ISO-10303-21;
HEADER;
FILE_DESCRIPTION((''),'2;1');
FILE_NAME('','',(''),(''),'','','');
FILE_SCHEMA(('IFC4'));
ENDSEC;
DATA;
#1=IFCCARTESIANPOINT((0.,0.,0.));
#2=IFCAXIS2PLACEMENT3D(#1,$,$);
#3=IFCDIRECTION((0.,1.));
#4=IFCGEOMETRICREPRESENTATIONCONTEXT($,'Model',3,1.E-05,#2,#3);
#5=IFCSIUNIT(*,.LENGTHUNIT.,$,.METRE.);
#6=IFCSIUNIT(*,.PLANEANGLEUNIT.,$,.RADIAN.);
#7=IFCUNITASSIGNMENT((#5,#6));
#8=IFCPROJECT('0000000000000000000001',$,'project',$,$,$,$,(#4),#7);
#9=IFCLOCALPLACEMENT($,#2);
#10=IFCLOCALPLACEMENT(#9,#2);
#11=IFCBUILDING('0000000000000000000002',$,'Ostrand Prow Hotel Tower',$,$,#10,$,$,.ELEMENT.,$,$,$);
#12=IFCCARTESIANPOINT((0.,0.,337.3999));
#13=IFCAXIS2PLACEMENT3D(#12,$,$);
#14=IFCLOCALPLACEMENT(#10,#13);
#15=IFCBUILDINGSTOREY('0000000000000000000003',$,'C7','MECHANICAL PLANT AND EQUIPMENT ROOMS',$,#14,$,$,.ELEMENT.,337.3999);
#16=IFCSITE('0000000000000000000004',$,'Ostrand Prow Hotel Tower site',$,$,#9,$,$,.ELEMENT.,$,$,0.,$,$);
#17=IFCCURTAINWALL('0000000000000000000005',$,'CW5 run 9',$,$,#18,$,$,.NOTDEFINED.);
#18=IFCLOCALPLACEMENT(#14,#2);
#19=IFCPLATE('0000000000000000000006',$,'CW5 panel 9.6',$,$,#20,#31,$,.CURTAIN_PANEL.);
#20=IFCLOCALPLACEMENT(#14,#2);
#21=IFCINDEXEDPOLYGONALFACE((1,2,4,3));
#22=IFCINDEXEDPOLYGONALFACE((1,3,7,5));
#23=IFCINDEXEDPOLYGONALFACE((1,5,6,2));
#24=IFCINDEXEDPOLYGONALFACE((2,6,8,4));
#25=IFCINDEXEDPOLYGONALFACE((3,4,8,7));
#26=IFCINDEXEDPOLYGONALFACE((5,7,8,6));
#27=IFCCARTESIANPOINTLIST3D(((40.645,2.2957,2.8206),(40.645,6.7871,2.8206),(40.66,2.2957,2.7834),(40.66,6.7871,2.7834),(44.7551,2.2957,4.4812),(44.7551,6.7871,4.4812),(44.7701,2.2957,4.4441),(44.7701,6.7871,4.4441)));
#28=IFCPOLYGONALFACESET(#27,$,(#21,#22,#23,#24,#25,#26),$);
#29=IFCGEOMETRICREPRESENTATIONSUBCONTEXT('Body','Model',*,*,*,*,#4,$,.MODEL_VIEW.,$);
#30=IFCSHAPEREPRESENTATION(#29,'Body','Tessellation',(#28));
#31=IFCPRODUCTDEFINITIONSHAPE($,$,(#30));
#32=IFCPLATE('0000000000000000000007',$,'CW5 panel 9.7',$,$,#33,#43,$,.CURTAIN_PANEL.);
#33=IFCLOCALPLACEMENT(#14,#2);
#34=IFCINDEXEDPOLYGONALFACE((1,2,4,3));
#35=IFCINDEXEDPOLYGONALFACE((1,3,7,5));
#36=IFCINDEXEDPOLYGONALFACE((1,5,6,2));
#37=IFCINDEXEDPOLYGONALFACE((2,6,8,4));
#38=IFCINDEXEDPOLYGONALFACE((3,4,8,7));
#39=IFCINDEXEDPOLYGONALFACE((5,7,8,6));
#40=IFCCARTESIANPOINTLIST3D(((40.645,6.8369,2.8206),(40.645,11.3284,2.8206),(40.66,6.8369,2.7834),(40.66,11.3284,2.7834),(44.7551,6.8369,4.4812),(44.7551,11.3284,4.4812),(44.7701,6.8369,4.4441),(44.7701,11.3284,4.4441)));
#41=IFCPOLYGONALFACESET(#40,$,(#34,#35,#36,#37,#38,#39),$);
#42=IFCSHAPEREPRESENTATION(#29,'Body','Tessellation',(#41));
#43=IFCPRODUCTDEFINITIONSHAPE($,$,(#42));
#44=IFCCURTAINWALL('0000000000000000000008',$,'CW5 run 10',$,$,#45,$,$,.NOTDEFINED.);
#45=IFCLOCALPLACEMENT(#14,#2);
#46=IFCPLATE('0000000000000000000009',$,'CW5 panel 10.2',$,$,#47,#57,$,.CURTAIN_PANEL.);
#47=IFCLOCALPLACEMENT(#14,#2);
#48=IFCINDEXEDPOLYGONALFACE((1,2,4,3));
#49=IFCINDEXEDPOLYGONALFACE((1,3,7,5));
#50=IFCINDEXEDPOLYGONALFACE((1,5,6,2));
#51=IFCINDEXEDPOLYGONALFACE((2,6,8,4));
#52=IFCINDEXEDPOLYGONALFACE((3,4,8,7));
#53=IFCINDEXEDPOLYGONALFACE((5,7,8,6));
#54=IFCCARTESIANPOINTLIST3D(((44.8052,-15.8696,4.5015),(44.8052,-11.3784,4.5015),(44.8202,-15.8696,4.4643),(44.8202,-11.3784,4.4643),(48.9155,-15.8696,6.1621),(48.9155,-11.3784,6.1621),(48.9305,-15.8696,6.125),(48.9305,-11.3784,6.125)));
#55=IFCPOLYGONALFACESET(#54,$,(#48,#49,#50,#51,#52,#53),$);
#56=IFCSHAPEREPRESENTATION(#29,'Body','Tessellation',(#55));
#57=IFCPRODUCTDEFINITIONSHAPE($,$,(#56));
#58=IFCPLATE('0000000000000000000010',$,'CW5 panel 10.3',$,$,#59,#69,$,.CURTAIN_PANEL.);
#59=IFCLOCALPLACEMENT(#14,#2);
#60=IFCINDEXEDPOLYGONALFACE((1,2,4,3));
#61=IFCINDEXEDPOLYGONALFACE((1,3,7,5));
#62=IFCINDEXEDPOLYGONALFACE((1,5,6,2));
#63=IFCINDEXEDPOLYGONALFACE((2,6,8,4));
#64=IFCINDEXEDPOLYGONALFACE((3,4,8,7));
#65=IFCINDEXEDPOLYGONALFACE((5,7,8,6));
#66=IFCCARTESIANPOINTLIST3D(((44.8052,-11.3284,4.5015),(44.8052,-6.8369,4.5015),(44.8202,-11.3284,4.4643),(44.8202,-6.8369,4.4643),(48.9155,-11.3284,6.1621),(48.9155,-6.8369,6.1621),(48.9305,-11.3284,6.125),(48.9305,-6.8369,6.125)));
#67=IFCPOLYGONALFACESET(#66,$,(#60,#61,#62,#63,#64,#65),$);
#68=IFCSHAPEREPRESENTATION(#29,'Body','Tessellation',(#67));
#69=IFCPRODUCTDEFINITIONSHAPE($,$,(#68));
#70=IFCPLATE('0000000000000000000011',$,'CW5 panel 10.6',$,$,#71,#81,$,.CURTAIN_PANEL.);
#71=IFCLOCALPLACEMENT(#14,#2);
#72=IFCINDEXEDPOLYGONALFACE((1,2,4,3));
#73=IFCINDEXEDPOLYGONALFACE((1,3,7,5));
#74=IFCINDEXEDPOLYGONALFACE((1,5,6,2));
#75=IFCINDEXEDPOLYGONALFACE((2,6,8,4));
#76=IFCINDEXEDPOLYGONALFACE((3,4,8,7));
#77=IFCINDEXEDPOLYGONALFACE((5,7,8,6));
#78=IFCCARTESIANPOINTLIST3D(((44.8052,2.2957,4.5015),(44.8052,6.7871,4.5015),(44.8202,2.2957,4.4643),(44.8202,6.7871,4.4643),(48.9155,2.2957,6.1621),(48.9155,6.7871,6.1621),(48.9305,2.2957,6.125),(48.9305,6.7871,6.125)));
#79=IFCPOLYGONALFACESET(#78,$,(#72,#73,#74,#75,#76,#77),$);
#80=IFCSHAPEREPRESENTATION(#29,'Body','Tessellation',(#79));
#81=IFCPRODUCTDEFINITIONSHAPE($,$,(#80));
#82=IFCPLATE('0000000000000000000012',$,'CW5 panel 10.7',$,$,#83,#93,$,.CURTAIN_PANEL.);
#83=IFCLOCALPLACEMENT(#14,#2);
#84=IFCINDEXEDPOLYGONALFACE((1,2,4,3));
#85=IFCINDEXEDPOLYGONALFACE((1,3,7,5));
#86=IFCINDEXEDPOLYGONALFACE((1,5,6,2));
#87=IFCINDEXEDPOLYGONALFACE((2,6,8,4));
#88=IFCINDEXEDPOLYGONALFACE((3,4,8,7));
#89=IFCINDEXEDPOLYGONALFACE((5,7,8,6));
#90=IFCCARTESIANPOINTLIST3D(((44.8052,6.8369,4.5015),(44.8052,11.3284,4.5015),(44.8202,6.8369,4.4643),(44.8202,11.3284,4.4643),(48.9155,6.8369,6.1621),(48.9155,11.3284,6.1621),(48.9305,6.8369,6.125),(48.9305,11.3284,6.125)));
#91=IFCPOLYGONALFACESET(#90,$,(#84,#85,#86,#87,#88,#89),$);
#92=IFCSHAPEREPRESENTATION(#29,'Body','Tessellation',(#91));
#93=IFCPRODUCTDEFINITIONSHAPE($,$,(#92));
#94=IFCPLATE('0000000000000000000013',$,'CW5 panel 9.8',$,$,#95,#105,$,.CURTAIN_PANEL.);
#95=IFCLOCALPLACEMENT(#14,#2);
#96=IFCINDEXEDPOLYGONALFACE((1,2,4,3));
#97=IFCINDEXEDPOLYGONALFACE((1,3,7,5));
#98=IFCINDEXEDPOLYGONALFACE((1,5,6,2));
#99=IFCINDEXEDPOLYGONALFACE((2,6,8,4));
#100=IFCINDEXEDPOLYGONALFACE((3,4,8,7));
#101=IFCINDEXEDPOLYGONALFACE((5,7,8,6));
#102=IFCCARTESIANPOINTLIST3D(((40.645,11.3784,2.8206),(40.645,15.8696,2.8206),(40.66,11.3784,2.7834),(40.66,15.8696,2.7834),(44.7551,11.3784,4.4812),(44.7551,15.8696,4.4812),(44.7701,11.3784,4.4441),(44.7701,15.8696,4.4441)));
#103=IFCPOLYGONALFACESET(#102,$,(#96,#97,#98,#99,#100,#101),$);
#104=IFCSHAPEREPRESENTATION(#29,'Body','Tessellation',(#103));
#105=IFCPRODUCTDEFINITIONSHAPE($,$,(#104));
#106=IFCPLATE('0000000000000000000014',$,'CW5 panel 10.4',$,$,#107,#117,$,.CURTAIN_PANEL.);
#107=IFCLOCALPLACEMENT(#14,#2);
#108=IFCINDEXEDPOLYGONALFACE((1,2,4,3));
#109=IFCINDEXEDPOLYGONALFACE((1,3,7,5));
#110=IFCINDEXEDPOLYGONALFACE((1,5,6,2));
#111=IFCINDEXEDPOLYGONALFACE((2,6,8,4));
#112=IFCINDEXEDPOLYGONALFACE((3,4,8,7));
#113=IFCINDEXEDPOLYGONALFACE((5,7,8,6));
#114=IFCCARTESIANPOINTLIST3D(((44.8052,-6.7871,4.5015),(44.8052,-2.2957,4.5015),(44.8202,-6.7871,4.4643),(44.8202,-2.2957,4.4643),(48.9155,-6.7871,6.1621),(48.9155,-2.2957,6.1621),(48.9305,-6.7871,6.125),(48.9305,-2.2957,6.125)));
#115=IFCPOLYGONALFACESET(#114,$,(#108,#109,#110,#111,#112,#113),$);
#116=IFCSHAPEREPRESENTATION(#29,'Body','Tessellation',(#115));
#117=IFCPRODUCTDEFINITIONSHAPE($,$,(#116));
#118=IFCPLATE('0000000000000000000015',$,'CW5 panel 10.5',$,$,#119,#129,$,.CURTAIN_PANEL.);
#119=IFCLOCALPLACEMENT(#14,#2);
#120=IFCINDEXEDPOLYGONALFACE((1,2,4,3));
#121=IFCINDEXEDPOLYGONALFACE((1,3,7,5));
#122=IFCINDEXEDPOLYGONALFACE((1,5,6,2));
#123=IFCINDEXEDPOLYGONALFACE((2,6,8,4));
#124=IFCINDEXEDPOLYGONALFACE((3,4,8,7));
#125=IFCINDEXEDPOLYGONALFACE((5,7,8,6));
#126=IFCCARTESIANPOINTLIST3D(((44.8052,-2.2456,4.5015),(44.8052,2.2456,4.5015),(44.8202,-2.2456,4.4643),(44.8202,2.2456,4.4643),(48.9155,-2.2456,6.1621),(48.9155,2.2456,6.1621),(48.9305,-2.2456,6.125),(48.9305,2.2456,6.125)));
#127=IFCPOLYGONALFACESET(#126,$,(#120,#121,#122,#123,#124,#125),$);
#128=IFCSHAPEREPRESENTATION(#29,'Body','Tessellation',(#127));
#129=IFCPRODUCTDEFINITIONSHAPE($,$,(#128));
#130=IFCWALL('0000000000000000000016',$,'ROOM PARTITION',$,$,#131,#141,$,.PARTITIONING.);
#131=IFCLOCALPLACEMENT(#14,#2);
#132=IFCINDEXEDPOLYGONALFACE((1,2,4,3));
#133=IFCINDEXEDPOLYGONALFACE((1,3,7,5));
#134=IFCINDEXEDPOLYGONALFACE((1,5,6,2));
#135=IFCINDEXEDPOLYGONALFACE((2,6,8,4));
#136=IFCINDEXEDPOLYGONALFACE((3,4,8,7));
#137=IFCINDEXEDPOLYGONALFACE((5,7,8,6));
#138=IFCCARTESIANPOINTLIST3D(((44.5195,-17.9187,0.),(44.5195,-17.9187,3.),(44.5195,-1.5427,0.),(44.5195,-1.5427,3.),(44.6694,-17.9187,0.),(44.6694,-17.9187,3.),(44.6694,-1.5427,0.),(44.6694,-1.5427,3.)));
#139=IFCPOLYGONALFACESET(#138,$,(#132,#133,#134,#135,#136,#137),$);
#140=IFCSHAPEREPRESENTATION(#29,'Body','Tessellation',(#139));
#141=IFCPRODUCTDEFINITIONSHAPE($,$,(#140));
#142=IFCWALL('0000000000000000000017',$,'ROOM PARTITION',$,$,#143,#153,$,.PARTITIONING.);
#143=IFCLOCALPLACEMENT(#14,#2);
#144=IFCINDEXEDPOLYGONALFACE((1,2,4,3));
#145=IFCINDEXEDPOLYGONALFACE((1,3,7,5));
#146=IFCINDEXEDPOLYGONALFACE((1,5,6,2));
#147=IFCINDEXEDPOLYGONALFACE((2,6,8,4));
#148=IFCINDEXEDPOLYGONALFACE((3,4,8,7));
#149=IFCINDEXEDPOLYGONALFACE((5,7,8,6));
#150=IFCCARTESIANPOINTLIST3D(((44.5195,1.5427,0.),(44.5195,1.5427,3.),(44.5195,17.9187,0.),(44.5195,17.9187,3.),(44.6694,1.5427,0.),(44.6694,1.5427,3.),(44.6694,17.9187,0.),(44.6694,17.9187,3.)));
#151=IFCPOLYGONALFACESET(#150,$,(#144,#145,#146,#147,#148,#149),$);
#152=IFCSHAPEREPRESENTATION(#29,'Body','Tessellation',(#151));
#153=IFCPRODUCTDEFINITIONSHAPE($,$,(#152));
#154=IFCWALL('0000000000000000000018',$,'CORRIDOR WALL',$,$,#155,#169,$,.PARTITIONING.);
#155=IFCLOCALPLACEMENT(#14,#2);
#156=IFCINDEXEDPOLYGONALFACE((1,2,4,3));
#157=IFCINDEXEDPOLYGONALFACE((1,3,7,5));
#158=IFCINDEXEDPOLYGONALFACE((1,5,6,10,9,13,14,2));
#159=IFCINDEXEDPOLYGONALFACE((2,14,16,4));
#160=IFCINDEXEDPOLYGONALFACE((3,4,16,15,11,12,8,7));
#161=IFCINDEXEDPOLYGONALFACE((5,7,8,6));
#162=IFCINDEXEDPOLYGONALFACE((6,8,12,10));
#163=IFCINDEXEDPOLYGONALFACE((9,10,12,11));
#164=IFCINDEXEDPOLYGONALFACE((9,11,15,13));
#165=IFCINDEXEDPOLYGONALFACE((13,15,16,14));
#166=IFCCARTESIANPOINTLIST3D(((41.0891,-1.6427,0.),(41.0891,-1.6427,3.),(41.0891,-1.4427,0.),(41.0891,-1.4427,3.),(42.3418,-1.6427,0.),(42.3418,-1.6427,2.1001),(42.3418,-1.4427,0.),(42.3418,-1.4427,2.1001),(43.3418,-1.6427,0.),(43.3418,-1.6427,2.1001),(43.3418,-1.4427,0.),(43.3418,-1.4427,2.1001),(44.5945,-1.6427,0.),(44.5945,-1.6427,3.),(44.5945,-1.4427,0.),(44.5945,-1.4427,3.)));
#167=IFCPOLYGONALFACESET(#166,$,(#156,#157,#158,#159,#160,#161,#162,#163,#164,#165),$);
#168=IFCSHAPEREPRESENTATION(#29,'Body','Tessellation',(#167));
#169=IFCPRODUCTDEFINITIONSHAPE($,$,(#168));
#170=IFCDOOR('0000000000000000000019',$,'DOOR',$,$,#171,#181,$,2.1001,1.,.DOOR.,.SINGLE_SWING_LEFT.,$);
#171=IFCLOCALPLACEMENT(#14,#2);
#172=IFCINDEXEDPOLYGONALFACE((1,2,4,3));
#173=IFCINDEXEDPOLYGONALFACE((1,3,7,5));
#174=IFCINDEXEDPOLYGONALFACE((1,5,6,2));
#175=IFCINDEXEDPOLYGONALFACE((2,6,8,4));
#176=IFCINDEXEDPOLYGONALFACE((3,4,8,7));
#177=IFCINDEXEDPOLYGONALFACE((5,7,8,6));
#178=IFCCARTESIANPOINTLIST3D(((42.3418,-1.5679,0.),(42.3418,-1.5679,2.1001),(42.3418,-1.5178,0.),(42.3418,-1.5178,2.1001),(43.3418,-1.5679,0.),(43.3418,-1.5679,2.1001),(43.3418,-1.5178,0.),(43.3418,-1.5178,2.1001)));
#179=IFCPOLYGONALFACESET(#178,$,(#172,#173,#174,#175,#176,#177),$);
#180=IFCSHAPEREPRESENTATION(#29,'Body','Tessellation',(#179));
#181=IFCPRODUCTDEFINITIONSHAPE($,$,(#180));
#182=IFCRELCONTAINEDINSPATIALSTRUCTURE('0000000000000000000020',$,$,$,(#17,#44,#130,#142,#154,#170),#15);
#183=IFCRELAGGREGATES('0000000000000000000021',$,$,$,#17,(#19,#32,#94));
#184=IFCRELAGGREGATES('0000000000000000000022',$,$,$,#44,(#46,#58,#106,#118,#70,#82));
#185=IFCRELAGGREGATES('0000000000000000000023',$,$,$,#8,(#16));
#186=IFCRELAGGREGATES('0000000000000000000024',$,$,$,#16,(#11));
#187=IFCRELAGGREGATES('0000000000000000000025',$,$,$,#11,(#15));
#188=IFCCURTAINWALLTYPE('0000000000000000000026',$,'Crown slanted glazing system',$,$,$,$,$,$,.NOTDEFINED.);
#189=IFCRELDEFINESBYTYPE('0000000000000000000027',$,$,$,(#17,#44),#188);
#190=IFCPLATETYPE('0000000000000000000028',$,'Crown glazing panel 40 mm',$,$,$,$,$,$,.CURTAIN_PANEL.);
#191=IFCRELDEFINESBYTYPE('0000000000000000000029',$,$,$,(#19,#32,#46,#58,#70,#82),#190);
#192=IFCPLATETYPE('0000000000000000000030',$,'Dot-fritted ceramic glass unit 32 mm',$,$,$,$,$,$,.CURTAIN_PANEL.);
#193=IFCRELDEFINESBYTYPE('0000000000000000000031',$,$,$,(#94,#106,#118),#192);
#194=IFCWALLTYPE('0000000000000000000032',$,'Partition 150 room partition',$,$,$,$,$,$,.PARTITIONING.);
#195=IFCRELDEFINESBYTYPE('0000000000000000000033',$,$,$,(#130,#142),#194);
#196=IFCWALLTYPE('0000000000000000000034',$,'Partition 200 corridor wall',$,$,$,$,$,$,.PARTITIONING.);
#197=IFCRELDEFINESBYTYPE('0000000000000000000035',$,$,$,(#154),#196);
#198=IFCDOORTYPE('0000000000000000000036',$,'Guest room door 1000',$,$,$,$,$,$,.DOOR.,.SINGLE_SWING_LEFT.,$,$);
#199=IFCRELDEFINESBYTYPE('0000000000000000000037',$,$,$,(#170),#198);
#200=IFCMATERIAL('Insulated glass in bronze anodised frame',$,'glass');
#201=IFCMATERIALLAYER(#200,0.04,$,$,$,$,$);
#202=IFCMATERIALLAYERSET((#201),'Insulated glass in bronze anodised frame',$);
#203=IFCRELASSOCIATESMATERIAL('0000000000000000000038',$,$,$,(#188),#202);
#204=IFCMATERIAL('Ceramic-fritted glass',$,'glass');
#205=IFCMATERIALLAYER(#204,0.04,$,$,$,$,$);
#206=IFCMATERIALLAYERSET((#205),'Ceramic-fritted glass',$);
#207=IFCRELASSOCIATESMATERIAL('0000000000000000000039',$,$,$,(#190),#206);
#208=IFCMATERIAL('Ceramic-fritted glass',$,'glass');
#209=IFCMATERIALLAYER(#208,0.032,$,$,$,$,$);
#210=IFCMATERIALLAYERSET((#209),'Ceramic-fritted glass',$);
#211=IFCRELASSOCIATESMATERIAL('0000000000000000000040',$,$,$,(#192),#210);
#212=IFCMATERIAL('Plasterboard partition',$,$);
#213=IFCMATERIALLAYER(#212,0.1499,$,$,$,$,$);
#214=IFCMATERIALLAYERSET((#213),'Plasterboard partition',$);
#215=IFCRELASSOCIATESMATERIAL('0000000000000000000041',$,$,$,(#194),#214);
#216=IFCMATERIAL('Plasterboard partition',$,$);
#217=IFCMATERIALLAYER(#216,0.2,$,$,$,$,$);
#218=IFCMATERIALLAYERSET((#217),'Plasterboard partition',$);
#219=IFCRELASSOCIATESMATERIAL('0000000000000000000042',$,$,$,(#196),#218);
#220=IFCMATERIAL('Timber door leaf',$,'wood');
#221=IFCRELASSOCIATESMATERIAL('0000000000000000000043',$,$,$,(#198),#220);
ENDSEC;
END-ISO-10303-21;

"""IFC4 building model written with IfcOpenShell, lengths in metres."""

from ifc_helpers import new_model, si_unit, direction, frame, frame_2d, origin, place, context, subcontext, project, spatial, polyline, rectangle, outline, extrude, material, layer, layer_set, type_object, element, fill, aggregate, save


model = new_model("IFC4")

# Units and contexts
model_context = context("Model", 3, precision=1e-05, world=origin(), true_north=direction((0.0, 1.0)))
body_context = subcontext(model_context, "Body", "Model", "MODEL_VIEW")
ifc_project = project(units=[si_unit("LENGTHUNIT", "METRE"), si_unit("PLANEANGLEUNIT", "RADIAN")], contexts=[model_context])

# Site, building, storey
site_placement = place(None, origin())
site = spatial("IfcSite", under=ifc_project, at=site_placement, Name="Ostrand Prow Hotel Tower site", CompositionType="ELEMENT", RefElevation=0.0)
building_placement = place(site_placement, origin())
building = spatial("IfcBuilding", under=site, at=building_placement, Name="Ostrand Prow Hotel Tower", CompositionType="ELEMENT")
storey_placement = place(building_placement, frame((0.0, 0.0, 337.3999)))
storey = spatial("IfcBuildingStorey", under=building, at=storey_placement, Name="C7", Description="MECHANICAL PLANT AND EQUIPMENT ROOMS", CompositionType="ELEMENT", Elevation=337.3999)

# Curtain walls, plates
ifc_material_1 = material(Name="Insulated glass in bronze anodised frame", Category="glass")
ifc_layer_1 = layer(ifc_material_1, 0.04)
ifc_layer_set_1 = layer_set([ifc_layer_1], Name="Insulated glass in bronze anodised frame")
curtain_wall_type = type_object("IfcCurtainWallType", Name="Crown slanted glazing system", PredefinedType="NOTDEFINED", material=ifc_layer_set_1)
curtain_wall_1_placement = place(storey_placement, origin())
curtain_wall_1 = element("IfcCurtainWall", 1, at=curtain_wall_1_placement, inside=storey, type_object=curtain_wall_type, Name="CW5 run 9", PredefinedType="NOTDEFINED")
ifc_material_2 = material(Name="Ceramic-fritted glass", Category="glass")
ifc_layer_2 = layer(ifc_material_2, 0.04)
ifc_layer_set_2 = layer_set([ifc_layer_2], Name="Ceramic-fritted glass")
plate_type_1 = type_object("IfcPlateType", Name="Crown glazing panel 40 mm", PredefinedType="CURTAIN_PANEL", material=ifc_layer_set_2)
plate_1_placement = place(storey_placement, frame((40.645, 2.2957, 2.8206), z_axis=(-0.374617, 0.0, 0.92718), x_axis=(0.92718, 0.0, 0.374617)))
plate_1 = element("IfcPlate", 2, at=plate_1_placement, type_object=plate_type_1, Name="CW5 panel 9.6", PredefinedType="CURTAIN_PANEL", context=body_context, shape_type="SweptSolid", body=[
    extrude(outline(polyline([(0.0, 0.0), (4.4329, 0.0), (4.4329, 4.4915), (0.0, 4.4915), (0.0, 0.0)])), origin(), (0.0, 0.0, -1.0), 0.04),
])
plate_2_placement = place(storey_placement, frame((40.645, 6.8369, 2.8206), z_axis=(-0.374617, 0.0, 0.92718), x_axis=(0.92718, 0.0, 0.374617)))
plate_2 = element("IfcPlate", 3, at=plate_2_placement, type_object=plate_type_1, Name="CW5 panel 9.7", PredefinedType="CURTAIN_PANEL", context=body_context, shape_type="SweptSolid", body=[
    extrude(outline(polyline([(0.0, 0.0), (4.4329, 0.0), (4.4329, 4.4915), (0.0, 4.4915), (0.0, 0.0)])), origin(), (0.0, 0.0, -1.0), 0.04),
])
curtain_wall_2_placement = place(storey_placement, origin())
curtain_wall_2 = element("IfcCurtainWall", 4, at=curtain_wall_2_placement, inside=storey, type_object=curtain_wall_type, Name="CW5 run 10", PredefinedType="NOTDEFINED")
plate_3_placement = place(storey_placement, frame((44.8052, -15.8696, 4.5015), z_axis=(-0.374598, 0.0, 0.927187), x_axis=(0.927187, 0.0, 0.374598)))
plate_3 = element("IfcPlate", 5, at=plate_3_placement, type_object=plate_type_1, Name="CW5 panel 10.2", PredefinedType="CURTAIN_PANEL", context=body_context, shape_type="SweptSolid", body=[
    extrude(outline(polyline([(0.0, 0.0), (4.4331, 0.0), (4.4331, 4.4912), (0.0, 4.4912), (0.0, 0.0)])), origin(), (0.0, 0.0, -1.0), 0.04),
])
plate_4_placement = place(storey_placement, frame((44.8052, -11.3284, 4.5015), z_axis=(-0.374598, 0.0, 0.927187), x_axis=(0.927187, 0.0, 0.374598)))
plate_4 = element("IfcPlate", 6, at=plate_4_placement, type_object=plate_type_1, Name="CW5 panel 10.3", PredefinedType="CURTAIN_PANEL", context=body_context, shape_type="SweptSolid", body=[
    extrude(outline(polyline([(0.0, 0.0), (4.4331, 0.0), (4.4331, 4.4915), (0.0, 4.4915), (0.0, 0.0)])), origin(), (0.0, 0.0, -1.0), 0.04),
])
plate_5_placement = place(storey_placement, frame((44.8052, 2.2957, 4.5015), z_axis=(-0.374598, 0.0, 0.927187), x_axis=(0.927187, 0.0, 0.374598)))
plate_5 = element("IfcPlate", 7, at=plate_5_placement, type_object=plate_type_1, Name="CW5 panel 10.6", PredefinedType="CURTAIN_PANEL", context=body_context, shape_type="SweptSolid", body=[
    extrude(outline(polyline([(0.0, 0.0), (4.4331, 0.0), (4.4331, 4.4915), (0.0, 4.4915), (0.0, 0.0)])), origin(), (0.0, 0.0, -1.0), 0.04),
])
plate_6_placement = place(storey_placement, frame((44.8052, 6.8369, 4.5015), z_axis=(-0.374598, 0.0, 0.927187), x_axis=(0.927187, 0.0, 0.374598)))
plate_6 = element("IfcPlate", 8, at=plate_6_placement, type_object=plate_type_1, Name="CW5 panel 10.7", PredefinedType="CURTAIN_PANEL", context=body_context, shape_type="SweptSolid", body=[
    extrude(outline(polyline([(0.0, 0.0), (4.4331, 0.0), (4.4331, 4.4915), (0.0, 4.4915), (0.0, 0.0)])), origin(), (0.0, 0.0, -1.0), 0.04),
])

# Plates
ifc_material_3 = material(Name="Ceramic-fritted glass", Category="glass")
ifc_layer_3 = layer(ifc_material_3, 0.032)
ifc_layer_set_3 = layer_set([ifc_layer_3], Name="Ceramic-fritted glass")
plate_type_2 = type_object("IfcPlateType", Name="Dot-fritted ceramic glass unit 32 mm", PredefinedType="CURTAIN_PANEL", material=ifc_layer_set_3)
plate_7_placement = place(storey_placement, frame((40.645, 11.3784, 2.8206), z_axis=(-0.374617, 0.0, 0.92718), x_axis=(0.92718, 0.0, 0.374617)))
plate_7 = element("IfcPlate", 9, at=plate_7_placement, type_object=plate_type_2, Name="CW5 panel 9.8", PredefinedType="CURTAIN_PANEL", context=body_context, shape_type="SweptSolid", body=[
    extrude(outline(polyline([(0.0, 0.0), (4.4329, 0.0), (4.4329, 4.4912), (0.0, 4.4912), (0.0, 0.0)])), origin(), (0.0, 0.0, -1.0), 0.04),
])
aggregate(curtain_wall_1, [plate_1, plate_2, plate_7])
plate_8_placement = place(storey_placement, frame((44.8052, -6.7871, 4.5015), z_axis=(-0.374598, 0.0, 0.927187), x_axis=(0.927187, 0.0, 0.374598)))
plate_8 = element("IfcPlate", 10, at=plate_8_placement, type_object=plate_type_2, Name="CW5 panel 10.4", PredefinedType="CURTAIN_PANEL", context=body_context, shape_type="SweptSolid", body=[
    extrude(outline(polyline([(0.0, 0.0), (4.4331, 0.0), (4.4331, 4.4915), (0.0, 4.4915), (0.0, 0.0)])), origin(), (0.0, 0.0, -1.0), 0.04),
])
plate_9_placement = place(storey_placement, frame((44.8052, -2.2456, 4.5015), z_axis=(-0.374598, 0.0, 0.927187), x_axis=(0.927187, 0.0, 0.374598)))
plate_9 = element("IfcPlate", 11, at=plate_9_placement, type_object=plate_type_2, Name="CW5 panel 10.5", PredefinedType="CURTAIN_PANEL", context=body_context, shape_type="SweptSolid", body=[
    extrude(outline(polyline([(0.0, 0.0), (4.4331, 0.0), (4.4331, 4.4912), (0.0, 4.4912), (0.0, 0.0)])), origin(), (0.0, 0.0, -1.0), 0.04),
])
aggregate(curtain_wall_2, [plate_3, plate_4, plate_8, plate_9, plate_5, plate_6])

# Walls
ifc_material_4 = material(Name="Plasterboard partition")
ifc_layer_4 = layer(ifc_material_4, 0.1499)
ifc_layer_set_4 = layer_set([ifc_layer_4], Name="Plasterboard partition")
wall_type_1 = type_object("IfcWallType", Name="Partition 150 room partition", PredefinedType="PARTITIONING", material=ifc_layer_set_4)
for number, where, z_axis, x_axis, name in (
    (12, (44.5945, -17.9187, 0.0), (0.0, 0.0, 1.0), (0.0, 1.0, 0.0), "ROOM PARTITION"),
    (13, (44.5945, 1.5427, 0.0), (0.0, 0.0, 1.0), (0.0, 1.0, 0.0), "ROOM PARTITION"),
):
    element("IfcWall", number, at=place(storey_placement, frame(where, z_axis=z_axis, x_axis=x_axis)), inside=storey, type_object=wall_type_1, Name=name, PredefinedType="PARTITIONING", context=body_context, shape_type="SweptSolid", body=[
        extrude(rectangle(XDim=16.376, YDim=0.1499, at=frame_2d((8.188, 0.0))), origin(), (0.0, 0.0, 1.0), 3.0),
    ])

# Wall, opening, door
ifc_material_5 = material(Name="Plasterboard partition")
ifc_layer_5 = layer(ifc_material_5, 0.2)
ifc_layer_set_5 = layer_set([ifc_layer_5], Name="Plasterboard partition")
wall_type_2 = type_object("IfcWallType", Name="Partition 200 corridor wall", PredefinedType="PARTITIONING", material=ifc_layer_set_5)
wall_1_placement = place(storey_placement, frame((41.0891, -1.5427, 0.0), z_axis=(0.0, 0.0, 1.0), x_axis=(1.0, 0.0, 0.0)))
wall_1 = element("IfcWall", 14, at=wall_1_placement, inside=storey, type_object=wall_type_2, Name="CORRIDOR WALL", PredefinedType="PARTITIONING", context=body_context, shape_type="SweptSolid", body=[
    extrude(rectangle(XDim=3.5054, YDim=0.2, at=frame_2d((1.7527, 0.0))), origin(), (0.0, 0.0, 1.0), 3.0),
])
opening_1_placement = place(wall_1_placement, frame((1.2527, 0.0, 0.0)))
opening_1 = element("IfcOpeningElement", 15, at=opening_1_placement, cuts=wall_1, PredefinedType="OPENING", context=body_context, shape_type="SweptSolid", body=[
    extrude(rectangle(XDim=1.0, YDim=2.1001, at=frame_2d((0.5, 1.05))), frame((0.0, 0.1099, 0.0), z_axis=(0.0, -1.0, 0.0), x_axis=(1.0, 0.0, 0.0)), (0.0, 0.0, 1.0), 0.22),
])
ifc_material_6 = material(Name="Timber door leaf", Category="wood")
door_type_1 = type_object("IfcDoorType", Name="Guest room door 1000", OperationType="SINGLE_SWING_LEFT", PredefinedType="DOOR", material=ifc_material_6)
door_1_placement = place(opening_1_placement, origin())
door_1 = element("IfcDoor", 16, at=door_1_placement, inside=storey, type_object=door_type_1, Name="DOOR", OperationType="SINGLE_SWING_LEFT", OverallHeight=2.1001, OverallWidth=1.0, PredefinedType="DOOR", context=body_context, shape_type="SweptSolid", body=[
    extrude(rectangle(XDim=1.0, YDim=2.1001, at=frame_2d((0.5, 1.05))), frame((0.0, 0.0249, 0.0), z_axis=(0.0, -1.0, 0.0), x_axis=(1.0, 0.0, 0.0)), (0.0, 0.0, 1.0), 0.05),
])
fill(opening_1, door_1)

save(model, "model.ifc")
